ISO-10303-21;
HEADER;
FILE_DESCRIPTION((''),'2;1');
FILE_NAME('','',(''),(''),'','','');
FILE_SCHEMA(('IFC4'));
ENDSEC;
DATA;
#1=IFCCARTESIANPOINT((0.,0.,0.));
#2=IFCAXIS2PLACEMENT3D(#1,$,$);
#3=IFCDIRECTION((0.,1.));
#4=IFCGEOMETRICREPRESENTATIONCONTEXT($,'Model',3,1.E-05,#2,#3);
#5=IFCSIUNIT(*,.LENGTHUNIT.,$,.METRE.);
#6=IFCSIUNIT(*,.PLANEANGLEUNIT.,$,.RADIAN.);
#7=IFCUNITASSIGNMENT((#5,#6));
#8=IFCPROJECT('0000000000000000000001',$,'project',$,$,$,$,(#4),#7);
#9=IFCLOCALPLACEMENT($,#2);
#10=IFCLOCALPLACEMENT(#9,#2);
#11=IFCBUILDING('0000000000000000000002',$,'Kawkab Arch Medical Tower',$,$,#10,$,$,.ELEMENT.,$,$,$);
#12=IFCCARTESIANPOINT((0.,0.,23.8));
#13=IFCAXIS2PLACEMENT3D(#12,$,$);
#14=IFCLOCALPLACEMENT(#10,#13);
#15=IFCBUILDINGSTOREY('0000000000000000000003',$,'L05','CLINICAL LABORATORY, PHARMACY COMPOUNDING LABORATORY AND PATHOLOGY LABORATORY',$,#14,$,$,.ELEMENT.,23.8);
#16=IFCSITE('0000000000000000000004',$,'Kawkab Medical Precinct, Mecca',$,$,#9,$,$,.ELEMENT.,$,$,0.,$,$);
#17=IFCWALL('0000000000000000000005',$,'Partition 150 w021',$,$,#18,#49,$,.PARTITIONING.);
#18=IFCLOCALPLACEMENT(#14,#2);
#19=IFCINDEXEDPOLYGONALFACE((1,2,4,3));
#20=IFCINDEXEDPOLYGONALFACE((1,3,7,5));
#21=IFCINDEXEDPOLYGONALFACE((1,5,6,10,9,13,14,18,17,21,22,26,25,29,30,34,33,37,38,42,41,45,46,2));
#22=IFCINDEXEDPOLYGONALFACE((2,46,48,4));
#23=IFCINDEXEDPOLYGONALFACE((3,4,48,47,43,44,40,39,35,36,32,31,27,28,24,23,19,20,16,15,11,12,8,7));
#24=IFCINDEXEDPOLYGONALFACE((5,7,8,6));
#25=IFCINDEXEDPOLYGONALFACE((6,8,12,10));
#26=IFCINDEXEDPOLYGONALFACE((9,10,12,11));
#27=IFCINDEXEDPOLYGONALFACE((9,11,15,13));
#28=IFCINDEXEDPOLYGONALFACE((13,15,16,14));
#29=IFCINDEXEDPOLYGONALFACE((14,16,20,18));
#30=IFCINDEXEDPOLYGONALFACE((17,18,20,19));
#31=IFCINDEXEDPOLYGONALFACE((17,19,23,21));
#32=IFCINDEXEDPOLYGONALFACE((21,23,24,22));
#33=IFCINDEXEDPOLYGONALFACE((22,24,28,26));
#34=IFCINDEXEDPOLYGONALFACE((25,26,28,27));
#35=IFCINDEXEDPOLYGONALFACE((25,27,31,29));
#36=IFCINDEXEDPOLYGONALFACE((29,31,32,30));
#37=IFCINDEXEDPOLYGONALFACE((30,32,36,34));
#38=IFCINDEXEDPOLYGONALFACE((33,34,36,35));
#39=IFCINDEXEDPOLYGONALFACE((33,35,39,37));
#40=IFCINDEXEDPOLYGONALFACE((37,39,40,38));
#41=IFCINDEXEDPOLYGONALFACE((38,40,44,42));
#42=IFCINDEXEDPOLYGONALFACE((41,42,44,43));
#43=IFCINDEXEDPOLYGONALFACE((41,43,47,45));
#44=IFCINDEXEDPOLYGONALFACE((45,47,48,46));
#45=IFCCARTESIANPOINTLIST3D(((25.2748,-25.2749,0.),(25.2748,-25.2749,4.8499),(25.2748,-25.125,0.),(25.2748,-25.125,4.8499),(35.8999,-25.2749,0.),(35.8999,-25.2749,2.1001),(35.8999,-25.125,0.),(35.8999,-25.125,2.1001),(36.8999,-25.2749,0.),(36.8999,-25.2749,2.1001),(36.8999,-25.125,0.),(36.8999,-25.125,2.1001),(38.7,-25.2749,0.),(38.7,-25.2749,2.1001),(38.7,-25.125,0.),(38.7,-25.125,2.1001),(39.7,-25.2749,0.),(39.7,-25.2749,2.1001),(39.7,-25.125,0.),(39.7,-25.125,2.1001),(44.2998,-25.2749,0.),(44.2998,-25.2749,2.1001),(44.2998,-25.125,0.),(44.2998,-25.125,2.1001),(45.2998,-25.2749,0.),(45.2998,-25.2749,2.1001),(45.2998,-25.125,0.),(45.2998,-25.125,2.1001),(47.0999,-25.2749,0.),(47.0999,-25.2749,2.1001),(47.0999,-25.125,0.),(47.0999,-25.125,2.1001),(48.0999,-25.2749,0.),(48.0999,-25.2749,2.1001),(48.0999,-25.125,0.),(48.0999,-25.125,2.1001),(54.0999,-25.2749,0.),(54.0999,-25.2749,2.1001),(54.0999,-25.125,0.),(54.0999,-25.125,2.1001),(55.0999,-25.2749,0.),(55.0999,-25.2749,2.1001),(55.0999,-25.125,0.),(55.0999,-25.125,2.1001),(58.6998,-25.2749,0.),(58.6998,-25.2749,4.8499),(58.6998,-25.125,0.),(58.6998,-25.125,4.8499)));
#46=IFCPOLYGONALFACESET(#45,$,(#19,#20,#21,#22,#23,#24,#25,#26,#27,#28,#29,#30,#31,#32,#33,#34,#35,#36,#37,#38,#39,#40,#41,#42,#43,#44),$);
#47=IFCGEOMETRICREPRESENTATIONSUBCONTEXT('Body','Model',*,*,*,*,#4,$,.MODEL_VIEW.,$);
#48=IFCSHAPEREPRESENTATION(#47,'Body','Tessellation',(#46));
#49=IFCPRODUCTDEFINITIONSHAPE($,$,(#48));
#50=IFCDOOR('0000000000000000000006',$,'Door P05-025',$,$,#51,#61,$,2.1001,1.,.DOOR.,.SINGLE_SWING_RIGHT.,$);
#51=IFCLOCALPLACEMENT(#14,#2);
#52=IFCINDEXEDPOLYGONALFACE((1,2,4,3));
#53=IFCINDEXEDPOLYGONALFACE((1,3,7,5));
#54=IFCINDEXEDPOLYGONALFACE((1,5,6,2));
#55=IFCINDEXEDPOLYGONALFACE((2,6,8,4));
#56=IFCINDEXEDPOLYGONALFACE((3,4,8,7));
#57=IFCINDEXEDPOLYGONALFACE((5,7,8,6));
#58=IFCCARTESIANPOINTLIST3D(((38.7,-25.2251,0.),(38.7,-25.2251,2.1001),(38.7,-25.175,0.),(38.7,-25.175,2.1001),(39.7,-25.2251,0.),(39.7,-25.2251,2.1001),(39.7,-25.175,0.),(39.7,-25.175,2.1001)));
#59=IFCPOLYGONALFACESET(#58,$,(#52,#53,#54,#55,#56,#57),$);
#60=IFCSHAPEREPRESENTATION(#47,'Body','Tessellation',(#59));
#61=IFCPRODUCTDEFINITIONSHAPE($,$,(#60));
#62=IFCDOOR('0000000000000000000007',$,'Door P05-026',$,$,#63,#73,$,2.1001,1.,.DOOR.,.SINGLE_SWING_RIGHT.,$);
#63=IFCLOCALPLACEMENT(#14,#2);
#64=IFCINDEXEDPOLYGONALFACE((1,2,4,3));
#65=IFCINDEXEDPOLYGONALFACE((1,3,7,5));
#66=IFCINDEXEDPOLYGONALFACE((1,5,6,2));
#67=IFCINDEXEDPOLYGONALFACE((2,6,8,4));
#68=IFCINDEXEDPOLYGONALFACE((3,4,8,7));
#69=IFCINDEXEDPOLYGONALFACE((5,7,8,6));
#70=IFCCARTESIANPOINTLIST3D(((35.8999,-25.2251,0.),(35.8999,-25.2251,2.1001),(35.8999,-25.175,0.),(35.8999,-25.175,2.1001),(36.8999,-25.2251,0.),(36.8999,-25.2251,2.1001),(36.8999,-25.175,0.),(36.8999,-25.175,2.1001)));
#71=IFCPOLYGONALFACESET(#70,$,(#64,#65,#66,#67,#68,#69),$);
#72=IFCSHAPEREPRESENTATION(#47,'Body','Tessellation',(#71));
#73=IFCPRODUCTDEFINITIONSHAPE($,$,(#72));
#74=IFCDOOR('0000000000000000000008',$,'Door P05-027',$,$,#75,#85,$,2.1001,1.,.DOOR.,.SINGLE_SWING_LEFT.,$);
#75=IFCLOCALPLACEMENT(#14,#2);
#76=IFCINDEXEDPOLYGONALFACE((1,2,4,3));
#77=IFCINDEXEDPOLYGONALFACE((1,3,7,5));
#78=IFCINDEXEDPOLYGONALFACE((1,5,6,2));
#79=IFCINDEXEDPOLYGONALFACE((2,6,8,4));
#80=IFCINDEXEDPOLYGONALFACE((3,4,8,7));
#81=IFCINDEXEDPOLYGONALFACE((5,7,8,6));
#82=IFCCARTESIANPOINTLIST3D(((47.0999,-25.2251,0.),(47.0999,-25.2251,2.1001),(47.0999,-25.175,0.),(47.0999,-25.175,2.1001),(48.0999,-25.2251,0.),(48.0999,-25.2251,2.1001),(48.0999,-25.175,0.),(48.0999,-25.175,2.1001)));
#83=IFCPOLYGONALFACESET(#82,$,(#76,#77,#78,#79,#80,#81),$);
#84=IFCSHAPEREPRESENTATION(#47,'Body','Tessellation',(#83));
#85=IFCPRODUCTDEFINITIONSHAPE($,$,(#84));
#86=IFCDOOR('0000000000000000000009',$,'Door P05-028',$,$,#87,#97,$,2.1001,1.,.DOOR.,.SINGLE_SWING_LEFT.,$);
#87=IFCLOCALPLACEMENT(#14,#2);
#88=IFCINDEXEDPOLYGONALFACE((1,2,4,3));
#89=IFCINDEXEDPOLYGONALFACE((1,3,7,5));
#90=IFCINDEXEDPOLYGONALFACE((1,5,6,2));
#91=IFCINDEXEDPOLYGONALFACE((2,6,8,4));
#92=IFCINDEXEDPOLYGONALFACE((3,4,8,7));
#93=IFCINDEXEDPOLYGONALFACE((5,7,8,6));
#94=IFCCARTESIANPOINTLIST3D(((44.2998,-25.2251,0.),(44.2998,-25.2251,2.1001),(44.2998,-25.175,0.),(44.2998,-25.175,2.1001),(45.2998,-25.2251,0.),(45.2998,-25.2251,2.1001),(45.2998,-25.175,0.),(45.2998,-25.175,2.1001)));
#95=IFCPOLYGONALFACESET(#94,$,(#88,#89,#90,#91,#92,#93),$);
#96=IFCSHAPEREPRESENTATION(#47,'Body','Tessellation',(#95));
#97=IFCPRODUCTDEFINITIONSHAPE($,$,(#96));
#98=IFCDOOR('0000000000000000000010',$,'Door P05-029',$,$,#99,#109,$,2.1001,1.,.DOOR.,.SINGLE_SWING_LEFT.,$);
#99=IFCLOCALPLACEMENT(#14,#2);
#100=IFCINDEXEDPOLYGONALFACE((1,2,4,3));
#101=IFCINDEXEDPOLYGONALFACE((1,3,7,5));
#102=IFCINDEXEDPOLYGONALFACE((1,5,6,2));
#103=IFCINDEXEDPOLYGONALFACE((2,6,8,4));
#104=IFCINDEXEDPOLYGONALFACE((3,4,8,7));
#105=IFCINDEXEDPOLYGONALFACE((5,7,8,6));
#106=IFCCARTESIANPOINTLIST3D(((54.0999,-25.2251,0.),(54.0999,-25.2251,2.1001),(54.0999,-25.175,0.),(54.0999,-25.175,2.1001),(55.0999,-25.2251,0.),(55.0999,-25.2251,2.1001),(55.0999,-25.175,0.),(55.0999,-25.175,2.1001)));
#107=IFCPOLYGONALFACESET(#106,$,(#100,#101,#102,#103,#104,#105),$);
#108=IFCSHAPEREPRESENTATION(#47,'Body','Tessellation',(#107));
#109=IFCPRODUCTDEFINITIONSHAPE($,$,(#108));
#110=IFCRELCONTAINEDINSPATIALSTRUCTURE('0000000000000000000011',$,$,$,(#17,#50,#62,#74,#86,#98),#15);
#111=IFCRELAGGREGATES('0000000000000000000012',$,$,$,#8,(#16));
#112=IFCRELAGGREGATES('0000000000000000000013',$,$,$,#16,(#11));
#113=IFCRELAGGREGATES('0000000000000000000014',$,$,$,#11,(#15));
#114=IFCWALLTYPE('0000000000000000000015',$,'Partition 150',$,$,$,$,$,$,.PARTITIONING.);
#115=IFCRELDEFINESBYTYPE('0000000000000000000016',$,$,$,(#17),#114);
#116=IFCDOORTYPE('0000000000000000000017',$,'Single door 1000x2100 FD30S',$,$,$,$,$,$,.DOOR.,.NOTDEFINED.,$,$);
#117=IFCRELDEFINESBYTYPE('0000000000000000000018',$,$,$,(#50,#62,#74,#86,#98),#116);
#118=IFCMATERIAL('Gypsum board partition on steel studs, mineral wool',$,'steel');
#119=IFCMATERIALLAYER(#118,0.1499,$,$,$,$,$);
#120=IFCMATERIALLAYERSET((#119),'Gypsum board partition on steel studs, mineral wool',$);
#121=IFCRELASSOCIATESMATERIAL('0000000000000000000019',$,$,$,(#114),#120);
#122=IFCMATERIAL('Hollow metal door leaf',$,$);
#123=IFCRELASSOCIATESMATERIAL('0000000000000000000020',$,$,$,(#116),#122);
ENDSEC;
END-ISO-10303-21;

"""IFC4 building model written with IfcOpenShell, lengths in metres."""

from ifc_helpers import new_model, si_unit, direction, frame, frame_2d, origin, place, context, subcontext, project, spatial, rectangle, extrude, material, layer, layer_set, type_object, element, fill, save


model = new_model("IFC4")

# Units and contexts
model_context = context("Model", 3, precision=1e-05, world=origin(), true_north=direction((0.0, 1.0)))
body_context = subcontext(model_context, "Body", "Model", "MODEL_VIEW")
ifc_project = project(units=[si_unit("LENGTHUNIT", "METRE"), si_unit("PLANEANGLEUNIT", "RADIAN")], contexts=[model_context])

# Site, building, storey
site_placement = place(None, origin())
site = spatial("IfcSite", under=ifc_project, at=site_placement, Name="Kawkab Medical Precinct, Mecca", CompositionType="ELEMENT", RefElevation=0.0)
building_placement = place(site_placement, origin())
building = spatial("IfcBuilding", under=site, at=building_placement, Name="Kawkab Arch Medical Tower", CompositionType="ELEMENT")
storey_placement = place(building_placement, frame((0.0, 0.0, 23.8)))
storey = spatial("IfcBuildingStorey", under=building, at=storey_placement, Name="L05", Description="CLINICAL LABORATORY, PHARMACY COMPOUNDING LABORATORY AND PATHOLOGY LABORATORY", CompositionType="ELEMENT", Elevation=23.8)

# Wall, openings, doors
ifc_material_1 = material(Name="Gypsum board partition on steel studs, mineral wool", Category="steel")
ifc_layer = layer(ifc_material_1, 0.1499)
ifc_layer_set = layer_set([ifc_layer], Name="Gypsum board partition on steel studs, mineral wool")
wall_type = type_object("IfcWallType", Name="Partition 150", PredefinedType="PARTITIONING", material=ifc_layer_set)
wall_1_placement = place(storey_placement, frame((25.2749, -25.2, 0.0), z_axis=(0.0, 0.0, 1.0), x_axis=(1.0, 0.0, 0.0)))
wall_1 = element("IfcWall", 1, at=wall_1_placement, inside=storey, type_object=wall_type, Name="Partition 150 w021", PredefinedType="PARTITIONING", context=body_context, shape_type="SweptSolid", body=[
    extrude(rectangle(XDim=33.425, YDim=0.1499, at=frame_2d((16.7124, 0.0))), origin(), (0.0, 0.0, 1.0), 4.8499),
])
opening_1_placement = place(wall_1_placement, frame((13.425, 0.0, 0.0)))
opening_1 = element("IfcOpeningElement", 2, at=opening_1_placement, cuts=wall_1, PredefinedType="OPENING", context=body_context, shape_type="SweptSolid", body=[
    extrude(rectangle(XDim=1.0, YDim=2.1001, at=frame_2d((0.5, 1.05))), frame((0.0, 0.085, 0.0), z_axis=(0.0, -1.0, 0.0), x_axis=(1.0, 0.0, 0.0)), (0.0, 0.0, 1.0), 0.1699),
])
opening_2_placement = place(wall_1_placement, frame((10.625, 0.0, 0.0)))
opening_2 = element("IfcOpeningElement", 3, at=opening_2_placement, cuts=wall_1, PredefinedType="OPENING", context=body_context, shape_type="SweptSolid", body=[
    extrude(rectangle(XDim=1.0, YDim=2.1001, at=frame_2d((0.5, 1.05))), frame((0.0, 0.085, 0.0), z_axis=(0.0, -1.0, 0.0), x_axis=(1.0, 0.0, 0.0)), (0.0, 0.0, 1.0), 0.1699),
])
opening_3_placement = place(wall_1_placement, frame((21.825, 0.0, 0.0)))
opening_3 = element("IfcOpeningElement", 4, at=opening_3_placement, cuts=wall_1, PredefinedType="OPENING", context=body_context, shape_type="SweptSolid", body=[
    extrude(rectangle(XDim=1.0, YDim=2.1001, at=frame_2d((0.5, 1.05))), frame((0.0, 0.085, 0.0), z_axis=(0.0, -1.0, 0.0), x_axis=(1.0, 0.0, 0.0)), (0.0, 0.0, 1.0), 0.1699),
])
opening_4_placement = place(wall_1_placement, frame((19.0249, 0.0, 0.0)))
opening_4 = element("IfcOpeningElement", 5, at=opening_4_placement, cuts=wall_1, PredefinedType="OPENING", context=body_context, shape_type="SweptSolid", body=[
    extrude(rectangle(XDim=1.0, YDim=2.1001, at=frame_2d((0.5, 1.05))), frame((0.0, 0.085, 0.0), z_axis=(0.0, -1.0, 0.0), x_axis=(1.0, 0.0, 0.0)), (0.0, 0.0, 1.0), 0.1699),
])
opening_5_placement = place(wall_1_placement, frame((28.825, 0.0, 0.0)))
opening_5 = element("IfcOpeningElement", 6, at=opening_5_placement, cuts=wall_1, PredefinedType="OPENING", context=body_context, shape_type="SweptSolid", body=[
    extrude(rectangle(XDim=1.0, YDim=2.1001, at=frame_2d((0.5, 1.05))), frame((0.0, 0.085, 0.0), z_axis=(0.0, -1.0, 0.0), x_axis=(1.0, 0.0, 0.0)), (0.0, 0.0, 1.0), 0.1699),
])
ifc_material_2 = material(Name="Hollow metal door leaf")
door_type = type_object("IfcDoorType", Name="Single door 1000x2100 FD30S", OperationType="NOTDEFINED", PredefinedType="DOOR", material=ifc_material_2)
door_1_placement = place(opening_1_placement, origin())
door_1 = element("IfcDoor", 7, at=door_1_placement, inside=storey, type_object=door_type, Name="Door P05-025", OperationType="SINGLE_SWING_RIGHT", OverallHeight=2.1001, OverallWidth=1.0, PredefinedType="DOOR", context=body_context, shape_type="SweptSolid", body=[
    extrude(rectangle(XDim=1.0, YDim=2.1001, at=frame_2d((0.5, 1.05))), frame((0.0, 0.0249, 0.0), z_axis=(0.0, -1.0, 0.0), x_axis=(1.0, 0.0, 0.0)), (0.0, 0.0, 1.0), 0.05),
])
fill(opening_1, door_1)
door_2_placement = place(opening_2_placement, origin())
door_2 = element("IfcDoor", 8, at=door_2_placement, inside=storey, type_object=door_type, Name="Door P05-026", OperationType="SINGLE_SWING_RIGHT", OverallHeight=2.1001, OverallWidth=1.0, PredefinedType="DOOR", context=body_context, shape_type="SweptSolid", body=[
    extrude(rectangle(XDim=1.0, YDim=2.1001, at=frame_2d((0.5, 1.05))), frame((0.0, 0.0249, 0.0), z_axis=(0.0, -1.0, 0.0), x_axis=(1.0, 0.0, 0.0)), (0.0, 0.0, 1.0), 0.05),
])
fill(opening_2, door_2)
door_3_placement = place(opening_3_placement, origin())
door_3 = element("IfcDoor", 9, at=door_3_placement, inside=storey, type_object=door_type, Name="Door P05-027", OperationType="SINGLE_SWING_LEFT", OverallHeight=2.1001, OverallWidth=1.0, PredefinedType="DOOR", context=body_context, shape_type="SweptSolid", body=[
    extrude(rectangle(XDim=1.0, YDim=2.1001, at=frame_2d((0.5, 1.05))), frame((0.0, 0.0249, 0.0), z_axis=(0.0, -1.0, 0.0), x_axis=(1.0, 0.0, 0.0)), (0.0, 0.0, 1.0), 0.05),
])
fill(opening_3, door_3)
door_4_placement = place(opening_4_placement, origin())
door_4 = element("IfcDoor", 10, at=door_4_placement, inside=storey, type_object=door_type, Name="Door P05-028", OperationType="SINGLE_SWING_LEFT", OverallHeight=2.1001, OverallWidth=1.0, PredefinedType="DOOR", context=body_context, shape_type="SweptSolid", body=[
    extrude(rectangle(XDim=1.0, YDim=2.1001, at=frame_2d((0.5, 1.05))), frame((0.0, 0.0249, 0.0), z_axis=(0.0, -1.0, 0.0), x_axis=(1.0, 0.0, 0.0)), (0.0, 0.0, 1.0), 0.05),
])
fill(opening_4, door_4)
door_5_placement = place(opening_5_placement, origin())
door_5 = element("IfcDoor", 11, at=door_5_placement, inside=storey, type_object=door_type, Name="Door P05-029", OperationType="SINGLE_SWING_LEFT", OverallHeight=2.1001, OverallWidth=1.0, PredefinedType="DOOR", context=body_context, shape_type="SweptSolid", body=[
    extrude(rectangle(XDim=1.0, YDim=2.1001, at=frame_2d((0.5, 1.05))), frame((0.0, 0.0249, 0.0), z_axis=(0.0, -1.0, 0.0), x_axis=(1.0, 0.0, 0.0)), (0.0, 0.0, 1.0), 0.05),
])
fill(opening_5, door_5)

save(model, "model.ifc")
